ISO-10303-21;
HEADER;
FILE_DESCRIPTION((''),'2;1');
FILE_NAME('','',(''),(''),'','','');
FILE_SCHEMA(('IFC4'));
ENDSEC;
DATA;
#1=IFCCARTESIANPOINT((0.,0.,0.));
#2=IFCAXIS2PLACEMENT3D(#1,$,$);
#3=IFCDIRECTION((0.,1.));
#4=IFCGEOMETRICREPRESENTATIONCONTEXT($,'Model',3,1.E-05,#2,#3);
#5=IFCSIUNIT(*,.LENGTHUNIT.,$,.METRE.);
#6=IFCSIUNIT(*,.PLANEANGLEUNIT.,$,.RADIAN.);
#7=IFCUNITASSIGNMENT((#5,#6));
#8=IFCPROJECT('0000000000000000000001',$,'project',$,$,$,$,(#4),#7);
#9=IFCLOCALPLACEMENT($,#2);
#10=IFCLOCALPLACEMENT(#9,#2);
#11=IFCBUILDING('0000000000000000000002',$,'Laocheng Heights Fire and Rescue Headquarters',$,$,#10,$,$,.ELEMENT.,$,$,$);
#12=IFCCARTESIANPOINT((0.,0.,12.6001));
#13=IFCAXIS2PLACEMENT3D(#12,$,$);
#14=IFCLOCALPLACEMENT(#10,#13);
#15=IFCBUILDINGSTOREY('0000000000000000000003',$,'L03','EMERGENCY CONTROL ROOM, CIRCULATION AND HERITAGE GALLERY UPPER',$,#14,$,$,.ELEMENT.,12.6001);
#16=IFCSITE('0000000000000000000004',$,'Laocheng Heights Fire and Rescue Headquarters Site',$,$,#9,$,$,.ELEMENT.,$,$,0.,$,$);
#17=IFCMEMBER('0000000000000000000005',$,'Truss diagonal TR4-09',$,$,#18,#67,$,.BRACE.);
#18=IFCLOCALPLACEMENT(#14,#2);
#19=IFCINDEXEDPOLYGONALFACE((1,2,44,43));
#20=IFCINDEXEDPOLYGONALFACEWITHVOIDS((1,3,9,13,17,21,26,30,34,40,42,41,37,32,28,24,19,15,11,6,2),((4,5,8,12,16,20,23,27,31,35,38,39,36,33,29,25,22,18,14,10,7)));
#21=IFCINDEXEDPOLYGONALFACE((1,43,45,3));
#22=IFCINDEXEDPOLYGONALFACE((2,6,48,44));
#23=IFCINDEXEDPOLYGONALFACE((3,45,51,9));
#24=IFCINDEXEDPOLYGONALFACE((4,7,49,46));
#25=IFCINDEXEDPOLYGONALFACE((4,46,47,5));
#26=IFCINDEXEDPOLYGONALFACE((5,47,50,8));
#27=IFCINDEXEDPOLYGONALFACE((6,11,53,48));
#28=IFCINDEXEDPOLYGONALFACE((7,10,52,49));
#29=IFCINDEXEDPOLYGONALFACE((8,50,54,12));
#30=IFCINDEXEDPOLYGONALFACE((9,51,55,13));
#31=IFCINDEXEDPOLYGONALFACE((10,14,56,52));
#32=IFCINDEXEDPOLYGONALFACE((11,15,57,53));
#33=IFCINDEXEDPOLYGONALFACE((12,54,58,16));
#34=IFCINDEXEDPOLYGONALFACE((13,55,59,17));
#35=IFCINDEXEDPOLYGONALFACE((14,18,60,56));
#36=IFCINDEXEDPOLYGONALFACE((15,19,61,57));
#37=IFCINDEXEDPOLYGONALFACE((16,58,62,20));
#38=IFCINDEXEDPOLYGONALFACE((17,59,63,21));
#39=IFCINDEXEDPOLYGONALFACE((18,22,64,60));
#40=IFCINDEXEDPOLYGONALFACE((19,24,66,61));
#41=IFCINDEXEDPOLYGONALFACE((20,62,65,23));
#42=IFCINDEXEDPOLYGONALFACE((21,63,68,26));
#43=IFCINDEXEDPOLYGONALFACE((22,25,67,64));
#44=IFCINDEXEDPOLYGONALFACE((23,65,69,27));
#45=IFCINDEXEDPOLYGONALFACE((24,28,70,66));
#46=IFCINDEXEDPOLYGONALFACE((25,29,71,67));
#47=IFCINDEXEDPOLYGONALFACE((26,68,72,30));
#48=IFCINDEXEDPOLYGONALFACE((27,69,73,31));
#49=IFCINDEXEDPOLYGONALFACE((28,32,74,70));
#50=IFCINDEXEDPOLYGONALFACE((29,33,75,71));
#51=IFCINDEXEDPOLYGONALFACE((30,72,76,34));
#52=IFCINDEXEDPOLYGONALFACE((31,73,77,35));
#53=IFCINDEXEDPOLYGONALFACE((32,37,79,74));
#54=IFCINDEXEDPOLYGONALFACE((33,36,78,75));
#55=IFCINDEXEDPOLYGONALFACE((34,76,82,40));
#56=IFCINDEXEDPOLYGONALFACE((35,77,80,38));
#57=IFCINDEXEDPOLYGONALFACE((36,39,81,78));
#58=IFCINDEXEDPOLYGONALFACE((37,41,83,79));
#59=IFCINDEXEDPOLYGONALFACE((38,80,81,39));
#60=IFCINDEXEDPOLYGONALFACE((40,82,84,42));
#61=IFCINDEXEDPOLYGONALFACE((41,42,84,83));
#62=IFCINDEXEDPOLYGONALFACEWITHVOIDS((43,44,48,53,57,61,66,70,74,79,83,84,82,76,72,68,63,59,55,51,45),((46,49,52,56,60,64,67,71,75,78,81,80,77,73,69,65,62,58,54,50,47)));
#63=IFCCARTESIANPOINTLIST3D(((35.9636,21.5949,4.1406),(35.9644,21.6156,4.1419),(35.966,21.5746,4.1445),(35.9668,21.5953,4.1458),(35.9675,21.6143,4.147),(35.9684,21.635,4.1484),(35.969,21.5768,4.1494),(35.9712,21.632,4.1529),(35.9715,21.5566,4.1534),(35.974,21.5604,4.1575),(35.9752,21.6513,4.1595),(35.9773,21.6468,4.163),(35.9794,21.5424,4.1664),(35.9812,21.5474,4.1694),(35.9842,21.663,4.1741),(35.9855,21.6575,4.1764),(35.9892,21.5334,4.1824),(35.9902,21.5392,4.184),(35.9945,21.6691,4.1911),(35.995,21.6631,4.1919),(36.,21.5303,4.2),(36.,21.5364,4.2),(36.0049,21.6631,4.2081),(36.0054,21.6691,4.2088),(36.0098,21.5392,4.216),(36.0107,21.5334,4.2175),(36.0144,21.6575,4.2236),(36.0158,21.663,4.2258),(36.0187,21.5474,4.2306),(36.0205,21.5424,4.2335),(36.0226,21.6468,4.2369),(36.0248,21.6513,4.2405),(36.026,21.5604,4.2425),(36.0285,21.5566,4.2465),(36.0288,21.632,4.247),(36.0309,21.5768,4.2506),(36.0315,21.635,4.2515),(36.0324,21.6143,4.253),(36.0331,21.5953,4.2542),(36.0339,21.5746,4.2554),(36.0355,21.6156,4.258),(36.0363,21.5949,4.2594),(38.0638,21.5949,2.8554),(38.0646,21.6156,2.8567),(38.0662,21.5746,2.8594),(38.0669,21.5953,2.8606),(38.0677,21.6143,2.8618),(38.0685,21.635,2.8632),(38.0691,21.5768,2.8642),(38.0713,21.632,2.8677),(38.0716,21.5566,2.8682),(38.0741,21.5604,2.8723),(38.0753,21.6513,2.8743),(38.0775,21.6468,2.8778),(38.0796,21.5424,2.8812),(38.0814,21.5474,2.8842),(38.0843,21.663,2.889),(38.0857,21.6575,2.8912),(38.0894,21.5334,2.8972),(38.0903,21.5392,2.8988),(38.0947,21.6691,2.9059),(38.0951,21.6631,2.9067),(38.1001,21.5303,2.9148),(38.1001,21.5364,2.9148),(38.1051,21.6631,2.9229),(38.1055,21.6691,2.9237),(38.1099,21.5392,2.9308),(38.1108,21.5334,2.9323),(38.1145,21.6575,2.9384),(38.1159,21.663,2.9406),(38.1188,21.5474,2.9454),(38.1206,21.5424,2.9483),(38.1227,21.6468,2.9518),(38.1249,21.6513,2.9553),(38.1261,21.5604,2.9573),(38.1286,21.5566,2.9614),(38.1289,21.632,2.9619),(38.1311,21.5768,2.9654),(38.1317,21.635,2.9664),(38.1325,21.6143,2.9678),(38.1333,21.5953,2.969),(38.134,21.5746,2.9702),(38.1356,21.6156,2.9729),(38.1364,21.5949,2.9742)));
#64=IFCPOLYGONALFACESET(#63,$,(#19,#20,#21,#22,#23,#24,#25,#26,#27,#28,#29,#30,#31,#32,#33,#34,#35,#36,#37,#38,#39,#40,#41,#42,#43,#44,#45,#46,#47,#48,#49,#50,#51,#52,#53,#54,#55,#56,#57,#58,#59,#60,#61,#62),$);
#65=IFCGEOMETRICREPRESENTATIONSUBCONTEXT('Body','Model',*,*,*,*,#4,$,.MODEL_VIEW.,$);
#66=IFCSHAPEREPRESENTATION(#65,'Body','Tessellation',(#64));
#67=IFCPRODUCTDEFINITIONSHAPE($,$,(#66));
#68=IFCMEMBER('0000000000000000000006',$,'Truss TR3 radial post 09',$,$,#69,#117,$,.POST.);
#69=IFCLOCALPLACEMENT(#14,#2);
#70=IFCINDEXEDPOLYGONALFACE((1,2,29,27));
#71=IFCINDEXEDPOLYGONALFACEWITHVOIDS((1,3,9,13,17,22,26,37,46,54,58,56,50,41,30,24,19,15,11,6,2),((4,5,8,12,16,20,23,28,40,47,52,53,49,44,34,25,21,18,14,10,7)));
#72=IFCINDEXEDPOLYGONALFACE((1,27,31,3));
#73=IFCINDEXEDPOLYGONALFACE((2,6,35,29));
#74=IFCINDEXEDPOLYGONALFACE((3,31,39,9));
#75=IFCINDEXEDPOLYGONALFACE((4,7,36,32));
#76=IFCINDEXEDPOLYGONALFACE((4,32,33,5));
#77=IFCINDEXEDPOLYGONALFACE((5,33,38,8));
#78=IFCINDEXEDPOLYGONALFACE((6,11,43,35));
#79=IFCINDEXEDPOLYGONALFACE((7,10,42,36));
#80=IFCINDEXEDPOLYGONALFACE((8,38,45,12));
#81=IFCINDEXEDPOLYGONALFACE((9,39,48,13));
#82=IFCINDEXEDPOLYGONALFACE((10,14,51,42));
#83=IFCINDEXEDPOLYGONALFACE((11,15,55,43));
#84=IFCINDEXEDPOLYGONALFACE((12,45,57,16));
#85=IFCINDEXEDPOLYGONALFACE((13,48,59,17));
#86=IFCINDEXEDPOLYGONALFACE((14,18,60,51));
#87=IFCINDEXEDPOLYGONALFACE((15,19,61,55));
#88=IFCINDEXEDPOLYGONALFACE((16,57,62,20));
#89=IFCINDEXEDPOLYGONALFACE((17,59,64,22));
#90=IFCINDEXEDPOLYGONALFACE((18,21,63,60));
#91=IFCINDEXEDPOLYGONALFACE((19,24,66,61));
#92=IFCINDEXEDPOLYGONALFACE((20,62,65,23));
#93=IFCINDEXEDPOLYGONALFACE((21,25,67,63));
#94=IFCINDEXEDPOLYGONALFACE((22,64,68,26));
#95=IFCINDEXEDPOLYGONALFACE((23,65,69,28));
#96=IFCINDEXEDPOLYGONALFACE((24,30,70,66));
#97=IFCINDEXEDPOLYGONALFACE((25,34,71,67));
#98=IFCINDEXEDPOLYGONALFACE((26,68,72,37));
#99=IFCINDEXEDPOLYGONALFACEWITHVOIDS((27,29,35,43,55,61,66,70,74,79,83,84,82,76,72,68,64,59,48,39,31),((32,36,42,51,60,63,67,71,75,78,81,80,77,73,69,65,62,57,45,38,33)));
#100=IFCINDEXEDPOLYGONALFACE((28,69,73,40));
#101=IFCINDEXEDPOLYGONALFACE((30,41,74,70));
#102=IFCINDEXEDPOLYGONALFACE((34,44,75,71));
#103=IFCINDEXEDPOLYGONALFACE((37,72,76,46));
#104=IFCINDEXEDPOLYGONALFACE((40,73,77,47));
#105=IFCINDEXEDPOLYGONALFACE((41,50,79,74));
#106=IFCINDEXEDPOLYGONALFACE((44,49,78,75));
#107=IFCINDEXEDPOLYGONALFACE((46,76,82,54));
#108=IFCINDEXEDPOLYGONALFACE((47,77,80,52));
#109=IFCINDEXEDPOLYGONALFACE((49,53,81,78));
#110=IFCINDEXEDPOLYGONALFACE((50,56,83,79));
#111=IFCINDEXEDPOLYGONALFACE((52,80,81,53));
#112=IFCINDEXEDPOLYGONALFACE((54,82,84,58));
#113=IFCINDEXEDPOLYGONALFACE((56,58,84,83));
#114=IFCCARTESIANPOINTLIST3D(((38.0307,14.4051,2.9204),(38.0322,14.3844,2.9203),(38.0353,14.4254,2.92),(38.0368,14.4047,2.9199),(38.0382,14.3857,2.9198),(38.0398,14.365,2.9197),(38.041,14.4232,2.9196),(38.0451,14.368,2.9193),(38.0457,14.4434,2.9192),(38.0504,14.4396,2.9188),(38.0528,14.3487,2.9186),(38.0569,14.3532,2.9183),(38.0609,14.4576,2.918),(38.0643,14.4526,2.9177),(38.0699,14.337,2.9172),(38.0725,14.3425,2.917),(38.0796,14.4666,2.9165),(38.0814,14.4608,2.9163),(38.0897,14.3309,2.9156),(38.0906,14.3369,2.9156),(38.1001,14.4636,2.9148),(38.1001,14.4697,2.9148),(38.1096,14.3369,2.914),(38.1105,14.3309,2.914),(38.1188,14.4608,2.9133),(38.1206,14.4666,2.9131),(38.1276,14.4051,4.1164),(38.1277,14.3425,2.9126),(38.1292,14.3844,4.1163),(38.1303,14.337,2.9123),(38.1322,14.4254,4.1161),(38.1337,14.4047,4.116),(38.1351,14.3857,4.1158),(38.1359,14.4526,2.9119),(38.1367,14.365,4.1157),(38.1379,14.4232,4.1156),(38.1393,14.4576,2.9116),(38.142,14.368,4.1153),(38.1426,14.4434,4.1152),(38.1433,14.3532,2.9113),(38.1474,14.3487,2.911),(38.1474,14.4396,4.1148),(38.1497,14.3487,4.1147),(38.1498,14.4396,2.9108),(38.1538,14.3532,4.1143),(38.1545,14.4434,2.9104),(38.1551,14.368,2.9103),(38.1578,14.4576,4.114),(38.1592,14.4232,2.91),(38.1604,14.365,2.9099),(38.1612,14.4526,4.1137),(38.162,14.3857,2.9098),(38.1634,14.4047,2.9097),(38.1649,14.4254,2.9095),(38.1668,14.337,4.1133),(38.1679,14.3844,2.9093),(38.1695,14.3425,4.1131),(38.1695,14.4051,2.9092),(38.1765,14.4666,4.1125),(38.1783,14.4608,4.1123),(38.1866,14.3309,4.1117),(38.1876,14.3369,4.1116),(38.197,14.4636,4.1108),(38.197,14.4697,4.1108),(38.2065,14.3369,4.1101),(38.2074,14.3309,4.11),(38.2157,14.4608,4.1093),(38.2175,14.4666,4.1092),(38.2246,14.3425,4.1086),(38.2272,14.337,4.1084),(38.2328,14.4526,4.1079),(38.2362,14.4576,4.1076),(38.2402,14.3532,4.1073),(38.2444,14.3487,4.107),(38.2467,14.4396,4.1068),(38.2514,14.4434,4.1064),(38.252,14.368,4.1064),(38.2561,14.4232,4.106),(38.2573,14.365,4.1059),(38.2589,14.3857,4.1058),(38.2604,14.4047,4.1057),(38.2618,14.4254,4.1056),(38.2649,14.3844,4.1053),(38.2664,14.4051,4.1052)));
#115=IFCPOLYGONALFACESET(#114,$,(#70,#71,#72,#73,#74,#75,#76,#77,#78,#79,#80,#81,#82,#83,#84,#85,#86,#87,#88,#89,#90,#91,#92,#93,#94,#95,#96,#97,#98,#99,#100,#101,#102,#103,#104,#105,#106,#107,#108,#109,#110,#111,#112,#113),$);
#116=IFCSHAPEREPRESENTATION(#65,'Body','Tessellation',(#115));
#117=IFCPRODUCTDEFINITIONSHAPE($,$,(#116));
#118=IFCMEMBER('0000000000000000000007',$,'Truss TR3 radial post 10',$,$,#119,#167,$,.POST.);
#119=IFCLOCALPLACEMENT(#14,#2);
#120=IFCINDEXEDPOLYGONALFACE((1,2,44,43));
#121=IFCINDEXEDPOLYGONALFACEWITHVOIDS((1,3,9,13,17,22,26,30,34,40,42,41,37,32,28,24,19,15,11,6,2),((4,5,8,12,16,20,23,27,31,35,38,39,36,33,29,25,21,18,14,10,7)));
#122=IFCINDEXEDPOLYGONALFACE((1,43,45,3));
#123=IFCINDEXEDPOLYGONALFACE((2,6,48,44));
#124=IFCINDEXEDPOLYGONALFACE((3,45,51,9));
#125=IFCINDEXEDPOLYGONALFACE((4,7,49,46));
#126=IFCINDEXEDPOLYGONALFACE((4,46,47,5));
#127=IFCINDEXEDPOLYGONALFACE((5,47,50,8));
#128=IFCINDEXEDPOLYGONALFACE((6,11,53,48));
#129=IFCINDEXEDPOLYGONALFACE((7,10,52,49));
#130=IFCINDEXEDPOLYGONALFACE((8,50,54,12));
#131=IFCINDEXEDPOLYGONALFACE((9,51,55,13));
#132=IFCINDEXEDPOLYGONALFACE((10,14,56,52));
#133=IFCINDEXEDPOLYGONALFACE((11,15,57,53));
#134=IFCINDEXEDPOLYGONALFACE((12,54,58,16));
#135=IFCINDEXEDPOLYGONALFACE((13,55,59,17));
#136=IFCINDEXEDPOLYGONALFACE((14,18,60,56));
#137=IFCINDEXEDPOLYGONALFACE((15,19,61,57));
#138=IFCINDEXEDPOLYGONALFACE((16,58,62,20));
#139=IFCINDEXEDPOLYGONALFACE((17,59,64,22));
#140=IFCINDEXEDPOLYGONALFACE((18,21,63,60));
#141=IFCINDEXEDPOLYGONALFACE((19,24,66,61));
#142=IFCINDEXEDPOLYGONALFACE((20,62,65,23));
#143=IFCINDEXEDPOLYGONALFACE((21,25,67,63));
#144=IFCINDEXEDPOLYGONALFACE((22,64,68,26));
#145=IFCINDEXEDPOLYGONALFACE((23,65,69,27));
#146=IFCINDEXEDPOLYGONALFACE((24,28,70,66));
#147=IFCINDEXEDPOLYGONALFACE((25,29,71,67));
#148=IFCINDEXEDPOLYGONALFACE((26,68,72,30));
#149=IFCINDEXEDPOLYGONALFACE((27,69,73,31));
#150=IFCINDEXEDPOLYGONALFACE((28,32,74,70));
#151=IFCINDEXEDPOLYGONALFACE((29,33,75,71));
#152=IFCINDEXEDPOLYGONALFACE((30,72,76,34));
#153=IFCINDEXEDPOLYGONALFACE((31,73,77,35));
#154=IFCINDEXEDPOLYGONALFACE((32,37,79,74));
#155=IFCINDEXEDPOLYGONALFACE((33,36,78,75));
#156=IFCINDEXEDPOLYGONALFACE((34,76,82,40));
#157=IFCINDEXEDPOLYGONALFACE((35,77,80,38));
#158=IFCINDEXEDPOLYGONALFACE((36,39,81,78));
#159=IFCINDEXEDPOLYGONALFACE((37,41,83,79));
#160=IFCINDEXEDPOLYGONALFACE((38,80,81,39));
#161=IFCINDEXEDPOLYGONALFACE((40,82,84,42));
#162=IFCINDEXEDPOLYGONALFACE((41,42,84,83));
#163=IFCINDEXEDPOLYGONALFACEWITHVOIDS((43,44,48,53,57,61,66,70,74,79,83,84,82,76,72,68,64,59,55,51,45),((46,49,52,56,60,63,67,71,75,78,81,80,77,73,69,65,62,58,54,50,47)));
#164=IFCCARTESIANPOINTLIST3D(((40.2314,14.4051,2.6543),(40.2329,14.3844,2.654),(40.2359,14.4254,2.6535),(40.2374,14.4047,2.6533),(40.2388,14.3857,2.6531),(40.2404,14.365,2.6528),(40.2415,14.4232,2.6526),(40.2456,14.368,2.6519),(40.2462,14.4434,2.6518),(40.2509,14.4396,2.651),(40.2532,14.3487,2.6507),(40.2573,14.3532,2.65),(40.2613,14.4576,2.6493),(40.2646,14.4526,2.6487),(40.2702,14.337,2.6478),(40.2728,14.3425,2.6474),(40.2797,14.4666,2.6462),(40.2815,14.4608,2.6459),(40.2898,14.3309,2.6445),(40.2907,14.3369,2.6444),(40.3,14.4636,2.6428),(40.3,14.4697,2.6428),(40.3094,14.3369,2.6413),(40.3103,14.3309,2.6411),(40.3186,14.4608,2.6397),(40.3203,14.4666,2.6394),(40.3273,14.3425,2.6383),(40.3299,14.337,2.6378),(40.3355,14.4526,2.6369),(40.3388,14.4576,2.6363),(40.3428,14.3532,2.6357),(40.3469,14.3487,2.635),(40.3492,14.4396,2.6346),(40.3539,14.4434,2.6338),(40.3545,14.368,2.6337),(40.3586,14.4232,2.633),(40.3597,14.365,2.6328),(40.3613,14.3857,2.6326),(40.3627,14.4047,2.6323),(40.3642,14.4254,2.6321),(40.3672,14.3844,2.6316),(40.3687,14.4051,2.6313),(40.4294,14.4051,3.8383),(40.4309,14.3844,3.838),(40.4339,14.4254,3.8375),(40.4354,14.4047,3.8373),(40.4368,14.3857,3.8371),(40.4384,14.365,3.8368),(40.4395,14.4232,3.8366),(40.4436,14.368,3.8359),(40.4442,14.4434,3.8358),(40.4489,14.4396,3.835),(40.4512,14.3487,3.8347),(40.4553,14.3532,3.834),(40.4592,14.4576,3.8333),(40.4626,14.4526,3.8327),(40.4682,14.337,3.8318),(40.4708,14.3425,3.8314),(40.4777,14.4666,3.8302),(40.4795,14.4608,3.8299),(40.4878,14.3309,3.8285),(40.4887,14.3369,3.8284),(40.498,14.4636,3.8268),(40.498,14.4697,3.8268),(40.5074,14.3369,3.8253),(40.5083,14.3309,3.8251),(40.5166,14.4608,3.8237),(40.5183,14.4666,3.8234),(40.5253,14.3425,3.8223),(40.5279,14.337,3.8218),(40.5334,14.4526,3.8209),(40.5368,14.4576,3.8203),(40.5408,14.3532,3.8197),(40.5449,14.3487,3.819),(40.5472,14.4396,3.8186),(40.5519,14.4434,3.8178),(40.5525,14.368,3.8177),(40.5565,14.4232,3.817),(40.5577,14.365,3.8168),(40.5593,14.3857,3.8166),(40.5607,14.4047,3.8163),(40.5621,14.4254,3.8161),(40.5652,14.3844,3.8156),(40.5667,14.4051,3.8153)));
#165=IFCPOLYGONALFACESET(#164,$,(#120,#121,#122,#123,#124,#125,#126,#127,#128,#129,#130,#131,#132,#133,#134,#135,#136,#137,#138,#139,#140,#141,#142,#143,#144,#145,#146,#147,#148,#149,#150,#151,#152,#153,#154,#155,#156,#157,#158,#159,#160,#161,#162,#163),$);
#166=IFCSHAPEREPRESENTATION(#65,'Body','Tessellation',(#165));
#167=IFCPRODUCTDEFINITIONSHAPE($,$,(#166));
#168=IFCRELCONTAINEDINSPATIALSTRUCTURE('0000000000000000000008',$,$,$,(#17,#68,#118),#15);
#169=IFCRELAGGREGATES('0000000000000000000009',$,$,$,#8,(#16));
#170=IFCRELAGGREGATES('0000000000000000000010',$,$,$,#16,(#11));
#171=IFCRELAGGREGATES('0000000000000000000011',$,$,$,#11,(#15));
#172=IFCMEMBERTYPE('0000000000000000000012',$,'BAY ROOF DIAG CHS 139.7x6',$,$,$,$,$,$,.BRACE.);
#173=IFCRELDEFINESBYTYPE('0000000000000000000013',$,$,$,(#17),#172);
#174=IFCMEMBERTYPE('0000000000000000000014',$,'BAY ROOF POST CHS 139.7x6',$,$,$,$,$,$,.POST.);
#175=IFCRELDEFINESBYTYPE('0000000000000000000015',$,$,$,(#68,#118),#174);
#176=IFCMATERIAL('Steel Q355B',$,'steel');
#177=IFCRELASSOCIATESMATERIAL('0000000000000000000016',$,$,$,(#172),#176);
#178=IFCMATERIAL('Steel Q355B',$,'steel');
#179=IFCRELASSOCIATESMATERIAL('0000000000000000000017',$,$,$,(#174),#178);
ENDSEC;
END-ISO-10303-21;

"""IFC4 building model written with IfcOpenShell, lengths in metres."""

from ifc_helpers import new_model, si_unit, direction, frame, origin, origin_2d, place, context, subcontext, project, spatial, hollow_circle, extrude, material, material_profile, profile_set, type_object, element, save


model = new_model("IFC4")

# Units and contexts
model_context = context("Model", 3, precision=1e-05, world=origin(), true_north=direction((0.0, 1.0)))
body_context = subcontext(model_context, "Body", "Model", "MODEL_VIEW")
ifc_project = project(units=[si_unit("LENGTHUNIT", "METRE"), si_unit("PLANEANGLEUNIT", "RADIAN")], contexts=[model_context])

# Site, building, storey
site_placement = place(None, origin())
site = spatial("IfcSite", under=ifc_project, at=site_placement, Name="Laocheng Heights Fire and Rescue Headquarters Site", CompositionType="ELEMENT", RefElevation=0.0)
building_placement = place(site_placement, origin())
building = spatial("IfcBuilding", under=site, at=building_placement, Name="Laocheng Heights Fire and Rescue Headquarters", CompositionType="ELEMENT")
storey_placement = place(building_placement, frame((0.0, 0.0, 12.6001)))
storey = spatial("IfcBuildingStorey", under=building, at=storey_placement, Name="L03", Description="EMERGENCY CONTROL ROOM, CIRCULATION AND HERITAGE GALLERY UPPER", CompositionType="ELEMENT", Elevation=12.6001)

# Members
ifc_material_1 = material(Name="Steel Q355B", Category="steel")
ifc_material_profile_1 = material_profile(ifc_material_1, hollow_circle(Radius=0.0698, WallThickness=0.0061, at=origin_2d()), Name="CHS 139.7x6")
ifc_profile_set_1 = profile_set([ifc_material_profile_1], Name="Steel Q355B")
member_type_1 = type_object("IfcMemberType", Name="BAY ROOF DIAG CHS 139.7x6", PredefinedType="BRACE", material=ifc_profile_set_1)
member_1_placement = place(storey_placement, frame((38.1001, 21.6001, 2.9148), z_axis=(-0.852963, 0.0, 0.521971), x_axis=(0.0, -1.0, 0.0)))
element("IfcMember", 1, at=member_1_placement, inside=storey, type_object=member_type_1, Name="Truss diagonal TR4-09", PredefinedType="BRACE", context=body_context, shape_type="SweptSolid", body=[
    extrude(hollow_circle(Radius=0.0698, WallThickness=0.0061, at=origin_2d()), origin(), (0.0, 0.0, 1.0), 2.4622),
])
ifc_material_2 = material(Name="Steel Q355B", Category="steel")
ifc_material_profile_2 = material_profile(ifc_material_2, hollow_circle(Radius=0.0698, WallThickness=0.0061, at=origin_2d()), Name="CHS 139.7x6")
ifc_profile_set_2 = profile_set([ifc_material_profile_2], Name="Steel Q355B")
member_type_2 = type_object("IfcMemberType", Name="BAY ROOF POST CHS 139.7x6", PredefinedType="POST", material=ifc_profile_set_2)
member_2_placement = place(storey_placement, frame((38.1001, 14.3999, 2.9148), z_axis=(0.080772, 0.0, 0.996733), x_axis=(0.0, 1.0, 0.0)))
element("IfcMember", 2, at=member_2_placement, inside=storey, type_object=member_type_2, Name="Truss TR3 radial post 09", PredefinedType="POST", context=body_context, shape_type="SweptSolid", body=[
    extrude(hollow_circle(Radius=0.0698, WallThickness=0.0061, at=origin_2d()), origin(), (0.0, 0.0, 1.0), 1.2),
])
member_3_placement = place(storey_placement, frame((40.3, 14.3999, 2.6428), z_axis=(0.164927, 0.0, 0.986306), x_axis=(0.0, 1.0, 0.0)))
element("IfcMember", 3, at=member_3_placement, inside=storey, type_object=member_type_2, Name="Truss TR3 radial post 10", PredefinedType="POST", context=body_context, shape_type="SweptSolid", body=[
    extrude(hollow_circle(Radius=0.0698, WallThickness=0.0061, at=origin_2d()), origin(), (0.0, 0.0, 1.0), 1.2004),
])

save(model, "model.ifc")
